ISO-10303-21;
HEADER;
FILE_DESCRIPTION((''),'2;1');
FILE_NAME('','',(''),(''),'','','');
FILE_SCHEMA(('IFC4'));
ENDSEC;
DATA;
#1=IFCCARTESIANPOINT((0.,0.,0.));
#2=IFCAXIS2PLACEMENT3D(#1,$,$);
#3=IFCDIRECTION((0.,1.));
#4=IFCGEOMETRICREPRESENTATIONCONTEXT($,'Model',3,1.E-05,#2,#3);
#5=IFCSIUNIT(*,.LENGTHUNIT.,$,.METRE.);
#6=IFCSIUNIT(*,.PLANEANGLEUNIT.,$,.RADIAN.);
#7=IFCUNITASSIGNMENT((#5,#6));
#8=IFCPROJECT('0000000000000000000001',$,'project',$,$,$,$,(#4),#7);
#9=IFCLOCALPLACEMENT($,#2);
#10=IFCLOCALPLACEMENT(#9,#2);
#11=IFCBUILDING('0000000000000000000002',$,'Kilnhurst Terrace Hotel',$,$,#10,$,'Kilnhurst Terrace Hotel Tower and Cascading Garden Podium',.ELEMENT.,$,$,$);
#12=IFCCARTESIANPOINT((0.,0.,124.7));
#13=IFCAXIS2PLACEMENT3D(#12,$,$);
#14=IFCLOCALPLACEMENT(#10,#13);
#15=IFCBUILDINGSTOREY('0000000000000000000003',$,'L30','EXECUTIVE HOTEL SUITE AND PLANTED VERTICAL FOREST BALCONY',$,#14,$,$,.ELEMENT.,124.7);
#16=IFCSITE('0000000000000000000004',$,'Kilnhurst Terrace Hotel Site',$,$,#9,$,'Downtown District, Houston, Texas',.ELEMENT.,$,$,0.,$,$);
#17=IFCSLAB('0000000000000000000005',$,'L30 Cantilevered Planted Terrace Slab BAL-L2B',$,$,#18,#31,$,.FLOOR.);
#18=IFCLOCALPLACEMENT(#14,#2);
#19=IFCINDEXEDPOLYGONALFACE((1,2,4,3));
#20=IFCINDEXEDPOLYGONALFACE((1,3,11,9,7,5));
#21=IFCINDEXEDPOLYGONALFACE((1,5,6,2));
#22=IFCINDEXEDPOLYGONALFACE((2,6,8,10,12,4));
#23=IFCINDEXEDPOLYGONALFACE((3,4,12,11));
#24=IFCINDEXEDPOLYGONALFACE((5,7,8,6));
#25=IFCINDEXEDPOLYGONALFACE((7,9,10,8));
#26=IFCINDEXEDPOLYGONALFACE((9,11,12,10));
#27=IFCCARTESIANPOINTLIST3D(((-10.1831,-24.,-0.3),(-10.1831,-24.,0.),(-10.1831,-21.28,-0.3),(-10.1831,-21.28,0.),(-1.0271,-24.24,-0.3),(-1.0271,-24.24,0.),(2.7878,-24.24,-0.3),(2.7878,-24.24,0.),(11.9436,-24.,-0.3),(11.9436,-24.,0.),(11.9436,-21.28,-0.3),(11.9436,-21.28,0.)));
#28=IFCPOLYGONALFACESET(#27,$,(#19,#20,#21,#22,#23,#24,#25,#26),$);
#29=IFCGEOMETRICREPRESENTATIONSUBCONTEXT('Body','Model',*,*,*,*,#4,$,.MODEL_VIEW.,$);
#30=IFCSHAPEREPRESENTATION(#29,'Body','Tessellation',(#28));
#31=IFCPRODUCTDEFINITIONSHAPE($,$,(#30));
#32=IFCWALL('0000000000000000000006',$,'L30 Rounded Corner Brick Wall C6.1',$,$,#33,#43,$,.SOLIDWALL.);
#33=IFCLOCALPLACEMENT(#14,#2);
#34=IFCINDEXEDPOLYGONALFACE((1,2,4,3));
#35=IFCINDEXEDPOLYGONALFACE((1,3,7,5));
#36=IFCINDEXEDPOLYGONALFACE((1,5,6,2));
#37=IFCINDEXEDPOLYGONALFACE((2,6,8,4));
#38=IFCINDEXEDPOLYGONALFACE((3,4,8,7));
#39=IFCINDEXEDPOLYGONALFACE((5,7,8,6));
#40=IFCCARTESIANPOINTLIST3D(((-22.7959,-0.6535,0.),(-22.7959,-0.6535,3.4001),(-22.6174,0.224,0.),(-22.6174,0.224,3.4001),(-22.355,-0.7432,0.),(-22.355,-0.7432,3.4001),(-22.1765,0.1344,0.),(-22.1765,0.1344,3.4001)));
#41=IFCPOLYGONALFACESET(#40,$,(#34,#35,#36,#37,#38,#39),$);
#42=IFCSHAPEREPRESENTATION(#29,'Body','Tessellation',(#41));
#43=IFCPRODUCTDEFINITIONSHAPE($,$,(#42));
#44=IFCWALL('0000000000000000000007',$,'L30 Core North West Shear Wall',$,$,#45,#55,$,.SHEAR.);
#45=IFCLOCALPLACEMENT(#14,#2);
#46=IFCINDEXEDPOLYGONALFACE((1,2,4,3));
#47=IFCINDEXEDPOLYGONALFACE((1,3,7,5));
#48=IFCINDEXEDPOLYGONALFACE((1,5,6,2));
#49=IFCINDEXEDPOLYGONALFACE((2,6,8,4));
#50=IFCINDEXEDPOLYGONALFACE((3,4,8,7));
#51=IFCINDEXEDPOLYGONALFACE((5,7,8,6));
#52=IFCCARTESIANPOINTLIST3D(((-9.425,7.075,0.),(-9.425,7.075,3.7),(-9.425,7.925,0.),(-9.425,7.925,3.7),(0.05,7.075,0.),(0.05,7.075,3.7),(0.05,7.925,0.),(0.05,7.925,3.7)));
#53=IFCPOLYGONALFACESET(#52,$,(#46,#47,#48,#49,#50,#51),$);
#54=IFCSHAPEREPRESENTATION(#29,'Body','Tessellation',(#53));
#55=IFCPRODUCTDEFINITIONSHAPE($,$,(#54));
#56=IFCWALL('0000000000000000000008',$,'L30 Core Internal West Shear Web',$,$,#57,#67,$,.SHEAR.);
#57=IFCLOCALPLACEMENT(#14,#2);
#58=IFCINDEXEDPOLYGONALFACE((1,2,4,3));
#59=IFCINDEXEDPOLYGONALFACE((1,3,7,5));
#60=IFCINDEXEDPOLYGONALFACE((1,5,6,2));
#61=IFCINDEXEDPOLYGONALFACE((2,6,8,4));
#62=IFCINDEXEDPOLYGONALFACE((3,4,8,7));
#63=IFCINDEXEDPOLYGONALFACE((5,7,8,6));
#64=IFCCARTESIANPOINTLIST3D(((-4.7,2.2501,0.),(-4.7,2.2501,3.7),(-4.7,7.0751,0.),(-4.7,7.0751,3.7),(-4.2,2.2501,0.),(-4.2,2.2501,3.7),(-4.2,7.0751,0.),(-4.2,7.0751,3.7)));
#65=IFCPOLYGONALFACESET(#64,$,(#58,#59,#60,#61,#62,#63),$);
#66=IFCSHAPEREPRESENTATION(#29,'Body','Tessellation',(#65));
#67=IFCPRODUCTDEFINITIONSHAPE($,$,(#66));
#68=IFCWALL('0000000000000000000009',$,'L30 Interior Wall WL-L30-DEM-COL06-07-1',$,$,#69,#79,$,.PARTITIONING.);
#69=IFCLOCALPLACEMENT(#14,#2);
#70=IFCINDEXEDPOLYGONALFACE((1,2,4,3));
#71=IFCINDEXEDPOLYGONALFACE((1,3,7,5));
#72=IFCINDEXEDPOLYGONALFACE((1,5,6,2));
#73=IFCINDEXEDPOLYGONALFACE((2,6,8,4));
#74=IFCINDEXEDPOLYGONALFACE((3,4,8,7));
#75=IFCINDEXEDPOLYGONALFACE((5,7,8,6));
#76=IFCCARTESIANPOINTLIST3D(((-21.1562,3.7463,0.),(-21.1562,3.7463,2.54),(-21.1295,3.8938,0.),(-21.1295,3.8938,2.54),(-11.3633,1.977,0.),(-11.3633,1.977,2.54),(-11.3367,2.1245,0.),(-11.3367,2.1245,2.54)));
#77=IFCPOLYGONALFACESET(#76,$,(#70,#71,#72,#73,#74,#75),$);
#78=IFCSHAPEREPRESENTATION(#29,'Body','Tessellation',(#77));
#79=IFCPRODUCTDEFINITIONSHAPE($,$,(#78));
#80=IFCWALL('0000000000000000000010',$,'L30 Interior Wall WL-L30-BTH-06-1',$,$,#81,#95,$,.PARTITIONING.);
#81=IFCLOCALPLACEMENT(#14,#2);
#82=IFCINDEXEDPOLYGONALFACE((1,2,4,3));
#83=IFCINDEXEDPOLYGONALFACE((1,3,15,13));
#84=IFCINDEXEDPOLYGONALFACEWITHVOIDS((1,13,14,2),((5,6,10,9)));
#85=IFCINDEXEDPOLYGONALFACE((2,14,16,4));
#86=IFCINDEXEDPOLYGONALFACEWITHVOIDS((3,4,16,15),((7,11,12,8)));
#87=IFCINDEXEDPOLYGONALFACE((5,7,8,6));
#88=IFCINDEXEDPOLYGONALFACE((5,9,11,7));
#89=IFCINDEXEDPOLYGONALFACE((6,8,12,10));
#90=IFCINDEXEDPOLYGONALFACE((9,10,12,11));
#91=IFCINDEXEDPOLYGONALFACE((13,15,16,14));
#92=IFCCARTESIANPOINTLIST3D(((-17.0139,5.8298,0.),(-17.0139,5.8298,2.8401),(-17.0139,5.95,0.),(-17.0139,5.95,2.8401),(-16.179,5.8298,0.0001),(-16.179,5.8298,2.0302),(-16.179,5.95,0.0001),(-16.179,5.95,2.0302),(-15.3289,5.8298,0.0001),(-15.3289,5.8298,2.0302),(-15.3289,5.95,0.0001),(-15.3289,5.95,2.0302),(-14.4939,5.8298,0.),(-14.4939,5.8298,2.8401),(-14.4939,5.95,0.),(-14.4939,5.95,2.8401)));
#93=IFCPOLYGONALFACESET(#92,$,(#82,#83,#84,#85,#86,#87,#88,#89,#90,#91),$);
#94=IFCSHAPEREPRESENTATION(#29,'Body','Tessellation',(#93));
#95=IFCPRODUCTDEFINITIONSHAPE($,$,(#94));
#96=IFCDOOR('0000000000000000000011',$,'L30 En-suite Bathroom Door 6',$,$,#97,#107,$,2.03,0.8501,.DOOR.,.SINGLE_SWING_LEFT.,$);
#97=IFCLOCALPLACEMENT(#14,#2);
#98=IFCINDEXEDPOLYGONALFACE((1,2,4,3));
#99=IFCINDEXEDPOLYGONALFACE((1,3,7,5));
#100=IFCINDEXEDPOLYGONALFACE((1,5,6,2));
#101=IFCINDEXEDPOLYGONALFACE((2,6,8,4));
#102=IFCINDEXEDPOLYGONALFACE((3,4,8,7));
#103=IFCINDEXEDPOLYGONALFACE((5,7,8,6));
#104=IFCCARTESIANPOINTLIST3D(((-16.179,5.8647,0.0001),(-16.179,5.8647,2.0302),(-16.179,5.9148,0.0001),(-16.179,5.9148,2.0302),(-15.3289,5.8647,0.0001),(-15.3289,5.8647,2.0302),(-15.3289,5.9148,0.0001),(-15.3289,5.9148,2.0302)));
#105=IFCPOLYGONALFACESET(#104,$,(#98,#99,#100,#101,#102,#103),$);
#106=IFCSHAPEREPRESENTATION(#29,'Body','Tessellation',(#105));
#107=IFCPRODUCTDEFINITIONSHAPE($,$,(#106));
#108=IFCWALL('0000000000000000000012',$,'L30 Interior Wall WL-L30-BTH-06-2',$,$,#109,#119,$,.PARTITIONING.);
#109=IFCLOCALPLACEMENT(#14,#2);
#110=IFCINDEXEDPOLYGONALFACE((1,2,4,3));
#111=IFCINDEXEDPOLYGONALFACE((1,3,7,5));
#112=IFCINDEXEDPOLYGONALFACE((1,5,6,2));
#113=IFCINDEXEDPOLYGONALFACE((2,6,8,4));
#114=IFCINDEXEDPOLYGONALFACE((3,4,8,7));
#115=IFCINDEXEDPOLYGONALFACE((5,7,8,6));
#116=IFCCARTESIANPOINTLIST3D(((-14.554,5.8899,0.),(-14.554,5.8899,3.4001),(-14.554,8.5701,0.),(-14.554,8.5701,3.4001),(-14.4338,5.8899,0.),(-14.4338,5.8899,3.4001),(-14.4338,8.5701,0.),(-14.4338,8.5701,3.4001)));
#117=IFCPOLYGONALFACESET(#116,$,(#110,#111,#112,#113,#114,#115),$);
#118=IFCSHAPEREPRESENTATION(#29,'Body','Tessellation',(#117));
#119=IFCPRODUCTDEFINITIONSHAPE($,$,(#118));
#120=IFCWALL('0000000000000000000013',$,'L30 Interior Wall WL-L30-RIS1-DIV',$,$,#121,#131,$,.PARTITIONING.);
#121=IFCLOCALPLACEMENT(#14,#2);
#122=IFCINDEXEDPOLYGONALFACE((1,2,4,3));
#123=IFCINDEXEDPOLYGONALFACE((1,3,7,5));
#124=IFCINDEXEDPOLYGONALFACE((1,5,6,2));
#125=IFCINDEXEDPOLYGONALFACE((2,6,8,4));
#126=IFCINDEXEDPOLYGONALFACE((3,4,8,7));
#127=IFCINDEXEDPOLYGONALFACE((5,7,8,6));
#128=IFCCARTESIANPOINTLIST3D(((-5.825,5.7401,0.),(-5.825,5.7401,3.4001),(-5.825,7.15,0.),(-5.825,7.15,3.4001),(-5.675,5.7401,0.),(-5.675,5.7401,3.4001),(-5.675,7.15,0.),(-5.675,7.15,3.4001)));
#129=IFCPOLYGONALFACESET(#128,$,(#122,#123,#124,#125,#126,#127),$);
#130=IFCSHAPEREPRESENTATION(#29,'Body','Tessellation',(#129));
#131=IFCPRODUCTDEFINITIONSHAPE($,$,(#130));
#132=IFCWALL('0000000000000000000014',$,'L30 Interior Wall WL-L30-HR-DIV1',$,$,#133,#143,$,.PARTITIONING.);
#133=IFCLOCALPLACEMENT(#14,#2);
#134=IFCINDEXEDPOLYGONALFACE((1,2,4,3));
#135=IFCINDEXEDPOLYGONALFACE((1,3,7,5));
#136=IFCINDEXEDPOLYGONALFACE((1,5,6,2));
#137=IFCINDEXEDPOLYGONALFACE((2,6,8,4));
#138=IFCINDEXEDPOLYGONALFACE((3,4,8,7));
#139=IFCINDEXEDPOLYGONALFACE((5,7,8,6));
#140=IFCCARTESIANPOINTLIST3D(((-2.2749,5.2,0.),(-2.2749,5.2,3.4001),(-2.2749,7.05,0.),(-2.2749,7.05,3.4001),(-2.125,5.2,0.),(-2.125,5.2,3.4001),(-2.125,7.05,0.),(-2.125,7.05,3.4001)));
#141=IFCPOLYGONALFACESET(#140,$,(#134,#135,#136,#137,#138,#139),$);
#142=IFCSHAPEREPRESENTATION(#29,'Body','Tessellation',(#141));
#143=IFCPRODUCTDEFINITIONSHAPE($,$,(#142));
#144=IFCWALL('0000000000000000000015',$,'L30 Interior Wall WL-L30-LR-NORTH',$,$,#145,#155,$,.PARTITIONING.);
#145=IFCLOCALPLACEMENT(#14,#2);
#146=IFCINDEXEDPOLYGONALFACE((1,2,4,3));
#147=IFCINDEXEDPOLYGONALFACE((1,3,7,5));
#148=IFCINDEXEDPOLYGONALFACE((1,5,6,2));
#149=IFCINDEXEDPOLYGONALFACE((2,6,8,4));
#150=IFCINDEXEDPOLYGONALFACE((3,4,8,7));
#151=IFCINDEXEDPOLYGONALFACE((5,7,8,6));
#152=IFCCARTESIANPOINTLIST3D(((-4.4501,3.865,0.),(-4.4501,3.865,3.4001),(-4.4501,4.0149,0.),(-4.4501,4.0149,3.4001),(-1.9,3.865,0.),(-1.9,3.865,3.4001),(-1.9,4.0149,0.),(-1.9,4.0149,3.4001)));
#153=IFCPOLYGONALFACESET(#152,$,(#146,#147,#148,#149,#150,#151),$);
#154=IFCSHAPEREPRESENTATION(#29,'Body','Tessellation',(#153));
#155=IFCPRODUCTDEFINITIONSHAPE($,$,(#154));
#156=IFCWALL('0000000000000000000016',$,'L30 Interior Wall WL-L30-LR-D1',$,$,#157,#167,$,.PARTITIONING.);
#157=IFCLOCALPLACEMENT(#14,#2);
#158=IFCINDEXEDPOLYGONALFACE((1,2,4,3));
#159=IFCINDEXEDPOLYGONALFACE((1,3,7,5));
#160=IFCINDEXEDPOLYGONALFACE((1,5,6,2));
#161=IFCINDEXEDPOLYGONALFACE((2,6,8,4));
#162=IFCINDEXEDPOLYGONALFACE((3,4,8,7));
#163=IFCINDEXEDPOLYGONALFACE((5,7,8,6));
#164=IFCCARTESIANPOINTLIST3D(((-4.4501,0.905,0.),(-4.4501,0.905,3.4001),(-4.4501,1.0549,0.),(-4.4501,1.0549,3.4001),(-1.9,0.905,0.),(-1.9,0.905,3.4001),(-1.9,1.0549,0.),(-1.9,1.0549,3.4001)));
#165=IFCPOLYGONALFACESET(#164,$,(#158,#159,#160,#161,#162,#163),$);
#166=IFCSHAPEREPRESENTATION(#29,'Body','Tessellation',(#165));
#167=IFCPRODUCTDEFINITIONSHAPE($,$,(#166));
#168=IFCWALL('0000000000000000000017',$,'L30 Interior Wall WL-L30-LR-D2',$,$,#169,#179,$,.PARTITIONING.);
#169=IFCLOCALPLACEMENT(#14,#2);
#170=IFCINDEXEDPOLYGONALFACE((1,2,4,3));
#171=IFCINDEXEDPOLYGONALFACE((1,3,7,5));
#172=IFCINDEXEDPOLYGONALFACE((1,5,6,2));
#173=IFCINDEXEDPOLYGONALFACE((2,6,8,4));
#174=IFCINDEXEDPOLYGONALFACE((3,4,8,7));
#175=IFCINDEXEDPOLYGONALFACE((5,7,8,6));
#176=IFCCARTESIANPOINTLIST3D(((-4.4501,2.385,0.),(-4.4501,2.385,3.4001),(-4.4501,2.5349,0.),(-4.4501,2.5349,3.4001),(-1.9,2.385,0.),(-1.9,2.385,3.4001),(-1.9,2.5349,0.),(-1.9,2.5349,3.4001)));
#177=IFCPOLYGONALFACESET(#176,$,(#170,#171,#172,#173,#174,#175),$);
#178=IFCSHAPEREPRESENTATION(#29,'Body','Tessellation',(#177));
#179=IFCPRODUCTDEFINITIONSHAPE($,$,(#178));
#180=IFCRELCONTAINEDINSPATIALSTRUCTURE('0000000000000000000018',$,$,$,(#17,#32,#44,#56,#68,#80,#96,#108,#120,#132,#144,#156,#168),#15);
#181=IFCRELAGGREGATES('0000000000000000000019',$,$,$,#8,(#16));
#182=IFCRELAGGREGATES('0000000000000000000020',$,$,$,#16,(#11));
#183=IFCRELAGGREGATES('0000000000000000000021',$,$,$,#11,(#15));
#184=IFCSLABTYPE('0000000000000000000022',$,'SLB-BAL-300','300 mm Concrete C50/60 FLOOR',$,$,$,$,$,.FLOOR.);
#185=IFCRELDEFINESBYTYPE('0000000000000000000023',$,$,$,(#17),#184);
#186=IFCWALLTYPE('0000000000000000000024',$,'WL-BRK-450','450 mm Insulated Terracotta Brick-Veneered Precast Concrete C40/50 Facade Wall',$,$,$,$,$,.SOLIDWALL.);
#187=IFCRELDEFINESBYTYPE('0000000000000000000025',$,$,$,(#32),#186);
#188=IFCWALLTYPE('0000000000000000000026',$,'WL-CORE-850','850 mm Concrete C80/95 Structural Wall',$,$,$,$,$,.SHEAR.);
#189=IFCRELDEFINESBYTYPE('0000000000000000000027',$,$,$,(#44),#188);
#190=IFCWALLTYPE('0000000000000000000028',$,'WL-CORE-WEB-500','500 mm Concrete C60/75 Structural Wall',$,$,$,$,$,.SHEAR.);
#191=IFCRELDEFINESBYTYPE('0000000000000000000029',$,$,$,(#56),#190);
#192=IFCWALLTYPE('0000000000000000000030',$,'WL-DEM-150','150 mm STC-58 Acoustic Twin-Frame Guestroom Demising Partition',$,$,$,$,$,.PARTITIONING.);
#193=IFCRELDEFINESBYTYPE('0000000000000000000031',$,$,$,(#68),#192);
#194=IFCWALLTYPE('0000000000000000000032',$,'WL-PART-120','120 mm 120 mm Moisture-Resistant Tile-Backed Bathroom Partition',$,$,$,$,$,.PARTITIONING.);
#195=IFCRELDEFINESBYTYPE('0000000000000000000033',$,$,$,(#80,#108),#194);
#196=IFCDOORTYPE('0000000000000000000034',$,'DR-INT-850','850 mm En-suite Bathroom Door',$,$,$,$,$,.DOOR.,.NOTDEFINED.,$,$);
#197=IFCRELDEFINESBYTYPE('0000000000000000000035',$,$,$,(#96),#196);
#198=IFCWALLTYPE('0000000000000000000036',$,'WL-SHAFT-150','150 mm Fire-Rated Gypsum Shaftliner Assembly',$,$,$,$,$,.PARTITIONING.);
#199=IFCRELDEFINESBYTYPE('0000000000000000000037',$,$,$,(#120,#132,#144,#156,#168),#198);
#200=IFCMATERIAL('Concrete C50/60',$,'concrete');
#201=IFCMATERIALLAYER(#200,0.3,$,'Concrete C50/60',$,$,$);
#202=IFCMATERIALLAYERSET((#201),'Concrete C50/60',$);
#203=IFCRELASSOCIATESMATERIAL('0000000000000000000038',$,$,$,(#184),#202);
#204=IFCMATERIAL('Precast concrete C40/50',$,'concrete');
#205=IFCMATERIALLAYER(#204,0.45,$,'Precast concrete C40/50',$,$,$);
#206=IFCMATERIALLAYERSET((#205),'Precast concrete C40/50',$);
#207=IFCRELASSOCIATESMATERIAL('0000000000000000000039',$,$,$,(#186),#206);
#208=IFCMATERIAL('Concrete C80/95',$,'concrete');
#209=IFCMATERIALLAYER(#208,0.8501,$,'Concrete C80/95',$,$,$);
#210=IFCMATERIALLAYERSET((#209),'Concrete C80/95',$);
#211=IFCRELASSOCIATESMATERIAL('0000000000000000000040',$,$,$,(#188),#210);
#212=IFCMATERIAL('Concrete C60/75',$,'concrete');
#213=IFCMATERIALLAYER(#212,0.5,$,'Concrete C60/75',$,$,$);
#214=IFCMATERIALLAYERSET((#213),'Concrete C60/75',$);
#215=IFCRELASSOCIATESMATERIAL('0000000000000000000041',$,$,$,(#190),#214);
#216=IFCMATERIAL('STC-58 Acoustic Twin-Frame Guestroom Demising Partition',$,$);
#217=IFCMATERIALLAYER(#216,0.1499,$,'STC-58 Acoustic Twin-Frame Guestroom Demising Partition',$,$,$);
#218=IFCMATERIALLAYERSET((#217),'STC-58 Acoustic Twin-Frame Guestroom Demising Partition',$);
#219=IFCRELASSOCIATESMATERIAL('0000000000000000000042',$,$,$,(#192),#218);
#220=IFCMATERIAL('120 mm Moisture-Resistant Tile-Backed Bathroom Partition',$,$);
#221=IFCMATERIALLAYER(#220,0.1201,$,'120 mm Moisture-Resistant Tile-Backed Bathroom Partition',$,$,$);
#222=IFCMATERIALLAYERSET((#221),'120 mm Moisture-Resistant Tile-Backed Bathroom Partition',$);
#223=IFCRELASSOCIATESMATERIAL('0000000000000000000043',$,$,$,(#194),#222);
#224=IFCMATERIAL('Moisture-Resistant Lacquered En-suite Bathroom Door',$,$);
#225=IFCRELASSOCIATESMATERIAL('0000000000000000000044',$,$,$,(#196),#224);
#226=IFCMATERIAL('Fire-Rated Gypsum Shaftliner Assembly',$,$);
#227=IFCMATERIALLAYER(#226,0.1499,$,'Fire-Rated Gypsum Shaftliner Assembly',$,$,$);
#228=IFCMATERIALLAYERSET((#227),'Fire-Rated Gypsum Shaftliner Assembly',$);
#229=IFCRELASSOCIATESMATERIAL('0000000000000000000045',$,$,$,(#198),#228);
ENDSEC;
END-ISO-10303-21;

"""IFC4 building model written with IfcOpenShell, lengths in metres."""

from ifc_helpers import new_model, si_unit, direction, frame, frame_2d, origin, place, context, subcontext, project, spatial, polyline, rectangle, outline, extrude, material, layer, layer_set, type_object, element, fill, save


model = new_model("IFC4")

# Units and contexts
model_context = context("Model", 3, precision=1e-05, world=origin(), true_north=direction((0.0, 1.0)))
body_context = subcontext(model_context, "Body", "Model", "MODEL_VIEW")
ifc_project = project(units=[si_unit("LENGTHUNIT", "METRE"), si_unit("PLANEANGLEUNIT", "RADIAN")], contexts=[model_context])

# Site, building, storey
site_placement = place(None, origin())
site = spatial("IfcSite", under=ifc_project, at=site_placement, Name="Kilnhurst Terrace Hotel Site", LongName="Downtown District, Houston, Texas", CompositionType="ELEMENT", RefElevation=0.0)
building_placement = place(site_placement, origin())
building = spatial("IfcBuilding", under=site, at=building_placement, Name="Kilnhurst Terrace Hotel", LongName="Kilnhurst Terrace Hotel Tower and Cascading Garden Podium", CompositionType="ELEMENT")
storey_placement = place(building_placement, frame((0.0, 0.0, 124.7)))
storey = spatial("IfcBuildingStorey", under=building, at=storey_placement, Name="L30", Description="EXECUTIVE HOTEL SUITE AND PLANTED VERTICAL FOREST BALCONY", CompositionType="ELEMENT", Elevation=124.7)

# Shared definitions
ifc_material_1 = material(Name="Concrete C80/95", Category="concrete")

# Shared definitions
ifc_material_2 = material(Name="Concrete C50/60", Category="concrete")

# Slab
ifc_layer_1 = layer(ifc_material_2, 0.3, Name="Concrete C50/60")
ifc_layer_set_1 = layer_set([ifc_layer_1], Name="Concrete C50/60")
slab_type = type_object("IfcSlabType", Name="SLB-BAL-300", Description="300 mm Concrete C50/60 FLOOR", PredefinedType="FLOOR", material=ifc_layer_set_1)
slab_1_placement = place(storey_placement, frame((0.0, 0.0, -0.3)))
element("IfcSlab", 1, at=slab_1_placement, inside=storey, type_object=slab_type, Name="L30 Cantilevered Planted Terrace Slab BAL-L2B", PredefinedType="FLOOR", context=body_context, shape_type="SweptSolid", body=[
    extrude(outline(polyline([(-1.0271, -24.24), (-10.1831, -24.0), (-10.1831, -21.28), (11.9436, -21.28), (11.9436, -24.0), (2.7878, -24.24), (-1.0271, -24.24)])), origin(), (0.0, 0.0, 1.0), 0.3),
])

# Walls
ifc_material_3 = material(Name="Precast concrete C40/50", Category="concrete")
ifc_layer_2 = layer(ifc_material_3, 0.45, Name="Precast concrete C40/50")
ifc_layer_set_2 = layer_set([ifc_layer_2], Name="Precast concrete C40/50")
wall_type_1 = type_object("IfcWallType", Name="WL-BRK-450", Description="450 mm Insulated Terracotta Brick-Veneered Precast Concrete C40/50 Facade Wall", PredefinedType="SOLIDWALL", material=ifc_layer_set_2)
wall_1_placement = place(storey_placement, frame((-22.397, 0.1792, 0.0), z_axis=(0.0, 0.0, 1.0), x_axis=(-0.199314, -0.979936, 0.0)))
element("IfcWall", 2, at=wall_1_placement, inside=storey, type_object=wall_type_1, Name="L30 Rounded Corner Brick Wall C6.1", PredefinedType="SOLIDWALL", context=body_context, shape_type="SweptSolid", body=[
    extrude(rectangle(XDim=0.8955, YDim=0.45, at=frame_2d((0.4478, 0.0))), origin(), (0.0, 0.0, 1.0), 3.4001),
])
ifc_layer_3 = layer(ifc_material_1, 0.8501, Name="Concrete C80/95")
ifc_layer_set_3 = layer_set([ifc_layer_3], Name="Concrete C80/95")
wall_type_2 = type_object("IfcWallType", Name="WL-CORE-850", Description="850 mm Concrete C80/95 Structural Wall", PredefinedType="SHEAR", material=ifc_layer_set_3)
wall_2_placement = place(storey_placement, frame((-9.425, 7.5, 0.0), z_axis=(0.0, 0.0, 1.0), x_axis=(1.0, 0.0, 0.0)))
element("IfcWall", 3, at=wall_2_placement, inside=storey, type_object=wall_type_2, Name="L30 Core North West Shear Wall", PredefinedType="SHEAR", context=body_context, shape_type="SweptSolid", body=[
    extrude(rectangle(XDim=9.4751, YDim=0.8501, at=frame_2d((4.7375, 0.0))), origin(), (0.0, 0.0, 1.0), 3.7),
])
ifc_material_4 = material(Name="Concrete C60/75", Category="concrete")
ifc_layer_4 = layer(ifc_material_4, 0.5, Name="Concrete C60/75")
ifc_layer_set_4 = layer_set([ifc_layer_4], Name="Concrete C60/75")
wall_type_3 = type_object("IfcWallType", Name="WL-CORE-WEB-500", Description="500 mm Concrete C60/75 Structural Wall", PredefinedType="SHEAR", material=ifc_layer_set_4)
wall_3_placement = place(storey_placement, frame((-4.45, 2.25, 0.0), z_axis=(0.0, 0.0, 1.0), x_axis=(0.0, 1.0, 0.0)))
element("IfcWall", 4, at=wall_3_placement, inside=storey, type_object=wall_type_3, Name="L30 Core Internal West Shear Web", PredefinedType="SHEAR", context=body_context, shape_type="SweptSolid", body=[
    extrude(rectangle(XDim=4.825, YDim=0.5, at=frame_2d((2.4126, 0.0))), origin(), (0.0, 0.0, 1.0), 3.7),
])
ifc_material_5 = material(Name="STC-58 Acoustic Twin-Frame Guestroom Demising Partition")
ifc_layer_5 = layer(ifc_material_5, 0.1499, Name="STC-58 Acoustic Twin-Frame Guestroom Demising Partition")
ifc_layer_set_5 = layer_set([ifc_layer_5], Name="STC-58 Acoustic Twin-Frame Guestroom Demising Partition")
wall_type_4 = type_object("IfcWallType", Name="WL-DEM-150", Description="150 mm STC-58 Acoustic Twin-Frame Guestroom Demising Partition", PredefinedType="PARTITIONING", material=ifc_layer_set_5)
wall_4_placement = place(storey_placement, frame((-11.3501, 2.0508, 0.0), z_axis=(0.0, 0.0, 1.0), x_axis=(-0.984068, 0.177791, 0.0)))
element("IfcWall", 5, at=wall_4_placement, inside=storey, type_object=wall_type_4, Name="L30 Interior Wall WL-L30-DEM-COL06-07-1", PredefinedType="PARTITIONING", context=body_context, shape_type="SweptSolid", body=[
    extrude(rectangle(XDim=9.9514, YDim=0.1499, at=frame_2d((4.9756, 0.0))), origin(), (0.0, 0.0, 1.0), 2.54),
])

# Wall, opening, door
ifc_material_6 = material(Name="120 mm Moisture-Resistant Tile-Backed Bathroom Partition")
ifc_layer_6 = layer(ifc_material_6, 0.1201, Name="120 mm Moisture-Resistant Tile-Backed Bathroom Partition")
ifc_layer_set_6 = layer_set([ifc_layer_6], Name="120 mm Moisture-Resistant Tile-Backed Bathroom Partition")
wall_type_5 = type_object("IfcWallType", Name="WL-PART-120", Description="120 mm 120 mm Moisture-Resistant Tile-Backed Bathroom Partition", PredefinedType="PARTITIONING", material=ifc_layer_set_6)
wall_5_placement = place(storey_placement, frame((-17.0139, 5.8899, 0.0), z_axis=(0.0, 0.0, 1.0), x_axis=(1.0, 0.0, 0.0)))
wall_5 = element("IfcWall", 6, at=wall_5_placement, inside=storey, type_object=wall_type_5, Name="L30 Interior Wall WL-L30-BTH-06-1", PredefinedType="PARTITIONING", context=body_context, shape_type="SweptSolid", body=[
    extrude(rectangle(XDim=2.52, YDim=0.1201, at=frame_2d((1.26, 0.0))), origin(), (0.0, 0.0, 1.0), 2.8401),
])
opening_1_placement = place(wall_5_placement, frame((0.835, 0.0, 0.0)))
opening_1 = element("IfcOpeningElement", 7, at=opening_1_placement, cuts=wall_5, PredefinedType="OPENING", context=body_context, shape_type="SweptSolid", body=[
    extrude(rectangle(XDim=0.8501, YDim=2.03, at=frame_2d((0.425, 1.0151))), frame((0.0, 0.0701, 0.0), z_axis=(0.0, -1.0, 0.0), x_axis=(1.0, 0.0, 0.0)), (0.0, 0.0, 1.0), 0.1401),
])
ifc_material_7 = material(Name="Moisture-Resistant Lacquered En-suite Bathroom Door")
door_type_1 = type_object("IfcDoorType", Name="DR-INT-850", Description="850 mm En-suite Bathroom Door", OperationType="NOTDEFINED", PredefinedType="DOOR", material=ifc_material_7)
door_1_placement = place(opening_1_placement, origin())
door_1 = element("IfcDoor", 8, at=door_1_placement, inside=storey, type_object=door_type_1, Name="L30 En-suite Bathroom Door 6", OperationType="SINGLE_SWING_LEFT", OverallHeight=2.03, OverallWidth=0.8501, PredefinedType="DOOR", context=body_context, shape_type="SweptSolid", body=[
    extrude(rectangle(XDim=0.8501, YDim=2.03, at=frame_2d((0.425, 1.0151))), frame((0.0, 0.0249, 0.0), z_axis=(0.0, -1.0, 0.0), x_axis=(1.0, 0.0, 0.0)), (0.0, 0.0, 1.0), 0.05),
])
fill(opening_1, door_1)

# Walls
wall_6_placement = place(storey_placement, frame((-14.4939, 5.8899, 0.0), z_axis=(0.0, 0.0, 1.0), x_axis=(0.0, 1.0, 0.0)))
element("IfcWall", 9, at=wall_6_placement, inside=storey, type_object=wall_type_5, Name="L30 Interior Wall WL-L30-BTH-06-2", PredefinedType="PARTITIONING", context=body_context, shape_type="SweptSolid", body=[
    extrude(rectangle(XDim=2.6802, YDim=0.1201, at=frame_2d((1.3401, 0.0))), origin(), (0.0, 0.0, 1.0), 3.4001),
])
ifc_material_8 = material(Name="Fire-Rated Gypsum Shaftliner Assembly")
ifc_layer_7 = layer(ifc_material_8, 0.1499, Name="Fire-Rated Gypsum Shaftliner Assembly")
ifc_layer_set_7 = layer_set([ifc_layer_7], Name="Fire-Rated Gypsum Shaftliner Assembly")
wall_type_6 = type_object("IfcWallType", Name="WL-SHAFT-150", Description="150 mm Fire-Rated Gypsum Shaftliner Assembly", PredefinedType="PARTITIONING", material=ifc_layer_set_7)
wall_7_placement = place(storey_placement, frame((-5.75, 5.74, 0.0), z_axis=(0.0, 0.0, 1.0), x_axis=(0.0, 1.0, 0.0)))
element("IfcWall", 10, at=wall_7_placement, inside=storey, type_object=wall_type_6, Name="L30 Interior Wall WL-L30-RIS1-DIV", PredefinedType="PARTITIONING", context=body_context, shape_type="SweptSolid", body=[
    extrude(rectangle(XDim=1.4099, YDim=0.1499, at=frame_2d((0.7051, 0.0))), origin(), (0.0, 0.0, 1.0), 3.4001),
])
wall_8_placement = place(storey_placement, frame((-2.2, 5.2, 0.0), z_axis=(0.0, 0.0, 1.0), x_axis=(0.0, 1.0, 0.0)))
element("IfcWall", 11, at=wall_8_placement, inside=storey, type_object=wall_type_6, Name="L30 Interior Wall WL-L30-HR-DIV1", PredefinedType="PARTITIONING", context=body_context, shape_type="SweptSolid", body=[
    extrude(rectangle(XDim=1.8501, YDim=0.1499, at=frame_2d((0.925, 0.0))), origin(), (0.0, 0.0, 1.0), 3.4001),
])
for number, where, z_axis, x_axis, name in (
    (12, (-4.45, 3.9399, 0.0), (0.0, 0.0, 1.0), (1.0, 0.0, 0.0), "L30 Interior Wall WL-L30-LR-NORTH"),
    (13, (-4.45, 0.98, 0.0), (0.0, 0.0, 1.0), (1.0, 0.0, 0.0), "L30 Interior Wall WL-L30-LR-D1"),
    (14, (-4.45, 2.46, 0.0), (0.0, 0.0, 1.0), (1.0, 0.0, 0.0), "L30 Interior Wall WL-L30-LR-D2"),
):
    element("IfcWall", number, at=place(storey_placement, frame(where, z_axis=z_axis, x_axis=x_axis)), inside=storey, type_object=wall_type_6, Name=name, PredefinedType="PARTITIONING", context=body_context, shape_type="SweptSolid", body=[
        extrude(rectangle(XDim=2.55, YDim=0.1499, at=frame_2d((1.2749, 0.0))), origin(), (0.0, 0.0, 1.0), 3.4001),
    ])

save(model, "model.ifc")
